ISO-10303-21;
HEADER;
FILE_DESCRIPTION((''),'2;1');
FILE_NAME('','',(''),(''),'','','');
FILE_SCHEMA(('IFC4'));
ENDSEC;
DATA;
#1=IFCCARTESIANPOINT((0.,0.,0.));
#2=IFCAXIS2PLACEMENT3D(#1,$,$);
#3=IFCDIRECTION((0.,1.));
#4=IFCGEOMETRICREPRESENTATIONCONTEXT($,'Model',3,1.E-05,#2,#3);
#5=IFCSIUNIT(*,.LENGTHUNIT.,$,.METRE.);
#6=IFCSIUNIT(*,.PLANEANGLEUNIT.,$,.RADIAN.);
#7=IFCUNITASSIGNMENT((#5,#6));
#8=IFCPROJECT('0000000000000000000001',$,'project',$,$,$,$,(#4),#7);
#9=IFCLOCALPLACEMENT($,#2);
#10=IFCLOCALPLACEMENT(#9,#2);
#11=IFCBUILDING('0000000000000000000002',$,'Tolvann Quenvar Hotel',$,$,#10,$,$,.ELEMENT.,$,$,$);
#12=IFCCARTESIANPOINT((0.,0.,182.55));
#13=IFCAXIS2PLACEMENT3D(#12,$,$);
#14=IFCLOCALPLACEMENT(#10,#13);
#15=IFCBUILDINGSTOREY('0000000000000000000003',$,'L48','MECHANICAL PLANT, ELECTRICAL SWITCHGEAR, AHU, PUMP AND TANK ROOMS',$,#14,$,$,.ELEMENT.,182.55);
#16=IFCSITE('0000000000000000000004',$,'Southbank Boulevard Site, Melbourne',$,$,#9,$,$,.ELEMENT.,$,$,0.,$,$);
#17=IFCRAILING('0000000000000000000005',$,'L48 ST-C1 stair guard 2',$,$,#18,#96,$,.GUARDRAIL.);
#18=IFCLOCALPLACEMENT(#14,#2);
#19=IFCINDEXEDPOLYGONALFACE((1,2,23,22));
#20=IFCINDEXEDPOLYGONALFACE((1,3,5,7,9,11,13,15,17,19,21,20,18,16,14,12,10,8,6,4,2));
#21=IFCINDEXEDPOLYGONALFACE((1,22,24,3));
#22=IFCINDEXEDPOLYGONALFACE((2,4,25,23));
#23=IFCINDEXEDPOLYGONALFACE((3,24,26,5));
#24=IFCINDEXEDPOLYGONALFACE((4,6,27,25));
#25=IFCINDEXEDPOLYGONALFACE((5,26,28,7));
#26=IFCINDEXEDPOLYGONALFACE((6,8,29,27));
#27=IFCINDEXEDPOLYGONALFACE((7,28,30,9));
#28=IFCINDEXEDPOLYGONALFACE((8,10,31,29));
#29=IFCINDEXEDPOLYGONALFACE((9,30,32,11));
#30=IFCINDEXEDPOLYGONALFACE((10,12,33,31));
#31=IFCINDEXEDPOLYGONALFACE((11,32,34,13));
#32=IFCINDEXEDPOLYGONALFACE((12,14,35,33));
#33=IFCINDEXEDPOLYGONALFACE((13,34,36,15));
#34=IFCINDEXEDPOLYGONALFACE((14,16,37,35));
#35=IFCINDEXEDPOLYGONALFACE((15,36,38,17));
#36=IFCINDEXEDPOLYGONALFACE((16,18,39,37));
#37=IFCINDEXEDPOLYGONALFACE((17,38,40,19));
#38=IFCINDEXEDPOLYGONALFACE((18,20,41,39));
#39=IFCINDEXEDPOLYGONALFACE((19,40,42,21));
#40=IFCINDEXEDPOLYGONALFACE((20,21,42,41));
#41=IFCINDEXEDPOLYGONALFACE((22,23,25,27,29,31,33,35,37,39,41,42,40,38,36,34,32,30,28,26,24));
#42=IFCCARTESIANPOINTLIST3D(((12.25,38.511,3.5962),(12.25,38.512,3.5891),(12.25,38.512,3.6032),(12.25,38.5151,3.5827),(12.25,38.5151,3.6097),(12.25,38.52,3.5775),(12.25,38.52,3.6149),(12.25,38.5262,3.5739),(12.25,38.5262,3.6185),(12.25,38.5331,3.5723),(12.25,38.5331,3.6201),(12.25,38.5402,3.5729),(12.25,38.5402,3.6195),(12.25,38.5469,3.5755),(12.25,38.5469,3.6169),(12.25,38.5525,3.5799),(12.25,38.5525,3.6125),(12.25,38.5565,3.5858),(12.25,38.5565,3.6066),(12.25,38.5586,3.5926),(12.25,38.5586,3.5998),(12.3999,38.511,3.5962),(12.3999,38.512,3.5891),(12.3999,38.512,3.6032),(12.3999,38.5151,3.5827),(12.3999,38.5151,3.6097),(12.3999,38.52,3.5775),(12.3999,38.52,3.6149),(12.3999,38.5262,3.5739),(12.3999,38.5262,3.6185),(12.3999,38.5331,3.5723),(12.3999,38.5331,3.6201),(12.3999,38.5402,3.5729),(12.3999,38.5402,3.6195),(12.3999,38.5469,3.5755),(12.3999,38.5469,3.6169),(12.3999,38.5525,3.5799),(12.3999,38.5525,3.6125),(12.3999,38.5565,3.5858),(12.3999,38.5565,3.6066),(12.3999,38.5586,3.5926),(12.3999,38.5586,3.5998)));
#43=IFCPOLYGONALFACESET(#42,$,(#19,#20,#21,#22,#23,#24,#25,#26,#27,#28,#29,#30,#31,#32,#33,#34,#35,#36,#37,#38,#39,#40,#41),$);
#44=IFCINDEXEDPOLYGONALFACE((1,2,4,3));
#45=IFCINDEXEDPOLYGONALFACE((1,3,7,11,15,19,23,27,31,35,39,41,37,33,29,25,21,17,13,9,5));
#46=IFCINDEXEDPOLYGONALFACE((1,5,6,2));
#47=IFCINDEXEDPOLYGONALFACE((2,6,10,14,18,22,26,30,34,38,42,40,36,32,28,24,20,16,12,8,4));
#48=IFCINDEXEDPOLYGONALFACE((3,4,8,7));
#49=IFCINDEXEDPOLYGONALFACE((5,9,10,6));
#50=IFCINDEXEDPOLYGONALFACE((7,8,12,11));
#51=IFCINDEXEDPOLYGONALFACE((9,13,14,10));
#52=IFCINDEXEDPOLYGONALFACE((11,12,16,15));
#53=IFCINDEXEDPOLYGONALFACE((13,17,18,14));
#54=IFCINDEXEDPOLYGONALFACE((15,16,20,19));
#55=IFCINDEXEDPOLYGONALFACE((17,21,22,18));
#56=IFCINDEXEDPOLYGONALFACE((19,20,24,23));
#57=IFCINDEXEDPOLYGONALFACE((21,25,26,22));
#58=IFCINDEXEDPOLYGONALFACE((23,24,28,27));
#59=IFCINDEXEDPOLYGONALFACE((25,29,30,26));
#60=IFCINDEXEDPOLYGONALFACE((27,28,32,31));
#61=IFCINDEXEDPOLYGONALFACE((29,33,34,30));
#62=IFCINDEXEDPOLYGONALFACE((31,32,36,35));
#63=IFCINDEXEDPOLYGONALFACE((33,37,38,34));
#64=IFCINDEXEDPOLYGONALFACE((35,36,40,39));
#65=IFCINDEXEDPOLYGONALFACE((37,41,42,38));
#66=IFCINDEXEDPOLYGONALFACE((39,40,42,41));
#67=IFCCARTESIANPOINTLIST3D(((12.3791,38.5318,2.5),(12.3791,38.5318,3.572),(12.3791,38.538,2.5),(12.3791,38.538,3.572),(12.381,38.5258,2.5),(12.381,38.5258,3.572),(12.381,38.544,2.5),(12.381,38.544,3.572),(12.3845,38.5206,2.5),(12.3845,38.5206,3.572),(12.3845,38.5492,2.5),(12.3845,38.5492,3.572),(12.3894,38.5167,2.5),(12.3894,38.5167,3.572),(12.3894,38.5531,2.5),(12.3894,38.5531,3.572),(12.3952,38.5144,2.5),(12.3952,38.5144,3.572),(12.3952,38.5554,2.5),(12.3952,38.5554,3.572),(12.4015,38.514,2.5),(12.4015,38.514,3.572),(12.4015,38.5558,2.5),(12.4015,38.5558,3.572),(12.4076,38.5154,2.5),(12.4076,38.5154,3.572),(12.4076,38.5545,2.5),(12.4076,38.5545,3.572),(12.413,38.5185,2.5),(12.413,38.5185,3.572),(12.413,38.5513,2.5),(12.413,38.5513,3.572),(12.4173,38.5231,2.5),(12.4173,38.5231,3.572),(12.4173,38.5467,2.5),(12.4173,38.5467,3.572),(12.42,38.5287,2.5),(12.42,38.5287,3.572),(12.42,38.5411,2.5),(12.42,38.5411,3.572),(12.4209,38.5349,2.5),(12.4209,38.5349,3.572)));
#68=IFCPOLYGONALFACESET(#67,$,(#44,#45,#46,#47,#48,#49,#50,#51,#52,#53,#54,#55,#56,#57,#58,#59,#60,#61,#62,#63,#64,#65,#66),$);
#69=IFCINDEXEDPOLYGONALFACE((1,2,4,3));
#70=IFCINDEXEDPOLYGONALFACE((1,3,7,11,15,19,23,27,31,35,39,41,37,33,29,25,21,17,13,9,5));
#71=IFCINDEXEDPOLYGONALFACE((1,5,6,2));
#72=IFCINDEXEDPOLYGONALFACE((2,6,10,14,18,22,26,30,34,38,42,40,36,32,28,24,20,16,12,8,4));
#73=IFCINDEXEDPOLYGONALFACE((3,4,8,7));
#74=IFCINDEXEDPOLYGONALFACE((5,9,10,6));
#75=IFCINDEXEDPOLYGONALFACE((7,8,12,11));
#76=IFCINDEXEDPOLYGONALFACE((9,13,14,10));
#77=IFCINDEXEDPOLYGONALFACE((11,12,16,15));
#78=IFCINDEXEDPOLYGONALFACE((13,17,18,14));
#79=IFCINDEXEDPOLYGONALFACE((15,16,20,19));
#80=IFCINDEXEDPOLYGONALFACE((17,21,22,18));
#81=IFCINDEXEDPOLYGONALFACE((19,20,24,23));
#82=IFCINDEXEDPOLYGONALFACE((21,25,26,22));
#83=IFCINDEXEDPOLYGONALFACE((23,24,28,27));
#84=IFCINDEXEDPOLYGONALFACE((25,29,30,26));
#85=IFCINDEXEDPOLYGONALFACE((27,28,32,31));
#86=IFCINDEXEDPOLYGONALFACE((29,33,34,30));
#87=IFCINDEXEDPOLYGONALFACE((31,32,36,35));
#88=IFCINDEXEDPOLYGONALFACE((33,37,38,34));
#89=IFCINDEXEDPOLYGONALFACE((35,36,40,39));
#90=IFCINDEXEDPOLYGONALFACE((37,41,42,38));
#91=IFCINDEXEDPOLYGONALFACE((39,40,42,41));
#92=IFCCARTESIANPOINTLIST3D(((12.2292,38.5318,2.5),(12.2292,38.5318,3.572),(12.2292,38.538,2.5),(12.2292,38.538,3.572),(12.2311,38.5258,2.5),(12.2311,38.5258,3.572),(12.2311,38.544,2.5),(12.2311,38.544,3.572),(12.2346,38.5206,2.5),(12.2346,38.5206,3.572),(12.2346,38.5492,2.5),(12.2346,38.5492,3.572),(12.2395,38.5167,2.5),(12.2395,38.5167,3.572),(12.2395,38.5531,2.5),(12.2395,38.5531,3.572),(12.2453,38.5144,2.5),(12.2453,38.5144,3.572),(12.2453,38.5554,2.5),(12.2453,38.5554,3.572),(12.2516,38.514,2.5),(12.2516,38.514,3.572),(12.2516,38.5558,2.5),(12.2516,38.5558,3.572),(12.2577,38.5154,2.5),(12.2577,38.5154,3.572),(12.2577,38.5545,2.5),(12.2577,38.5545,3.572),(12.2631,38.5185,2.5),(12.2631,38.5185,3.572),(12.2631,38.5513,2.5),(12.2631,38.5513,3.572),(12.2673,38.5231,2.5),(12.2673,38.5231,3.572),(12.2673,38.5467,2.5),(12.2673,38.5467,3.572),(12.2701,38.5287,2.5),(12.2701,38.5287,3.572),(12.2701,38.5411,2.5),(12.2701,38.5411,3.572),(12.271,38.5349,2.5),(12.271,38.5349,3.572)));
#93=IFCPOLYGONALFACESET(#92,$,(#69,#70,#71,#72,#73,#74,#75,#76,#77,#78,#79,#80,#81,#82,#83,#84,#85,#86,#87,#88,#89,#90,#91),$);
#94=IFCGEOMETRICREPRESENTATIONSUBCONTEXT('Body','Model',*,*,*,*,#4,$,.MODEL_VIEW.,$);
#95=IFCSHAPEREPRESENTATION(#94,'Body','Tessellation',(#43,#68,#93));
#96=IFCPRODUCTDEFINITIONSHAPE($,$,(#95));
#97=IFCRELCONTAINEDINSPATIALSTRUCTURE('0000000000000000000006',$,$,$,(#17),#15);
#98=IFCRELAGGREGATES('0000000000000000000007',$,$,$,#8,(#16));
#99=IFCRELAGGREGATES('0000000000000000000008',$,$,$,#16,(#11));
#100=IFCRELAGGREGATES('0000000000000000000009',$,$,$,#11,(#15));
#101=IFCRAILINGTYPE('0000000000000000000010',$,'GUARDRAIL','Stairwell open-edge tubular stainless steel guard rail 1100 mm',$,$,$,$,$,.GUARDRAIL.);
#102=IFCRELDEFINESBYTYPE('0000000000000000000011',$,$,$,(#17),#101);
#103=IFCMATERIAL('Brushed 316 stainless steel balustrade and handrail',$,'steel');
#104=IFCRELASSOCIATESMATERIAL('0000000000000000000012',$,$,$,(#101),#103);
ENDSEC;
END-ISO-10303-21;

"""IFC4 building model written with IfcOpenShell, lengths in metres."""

from ifc_helpers import new_model, si_unit, direction, frame, origin, origin_2d, place, context, subcontext, project, spatial, circle, extrude, material, type_object, element, save


model = new_model("IFC4")

# Units and contexts
model_context = context("Model", 3, precision=1e-05, world=origin(), true_north=direction((0.0, 1.0)))
body_context = subcontext(model_context, "Body", "Model", "MODEL_VIEW")
ifc_project = project(units=[si_unit("LENGTHUNIT", "METRE"), si_unit("PLANEANGLEUNIT", "RADIAN")], contexts=[model_context])

# Site, building, storey
site_placement = place(None, origin())
site = spatial("IfcSite", under=ifc_project, at=site_placement, Name="Southbank Boulevard Site, Melbourne", CompositionType="ELEMENT", RefElevation=0.0)
building_placement = place(site_placement, origin())
building = spatial("IfcBuilding", under=site, at=building_placement, Name="Tolvann Quenvar Hotel", CompositionType="ELEMENT")
storey_placement = place(building_placement, frame((0.0, 0.0, 182.55)))
storey = spatial("IfcBuildingStorey", under=building, at=storey_placement, Name="L48", Description="MECHANICAL PLANT, ELECTRICAL SWITCHGEAR, AHU, PUMP AND TANK ROOMS", CompositionType="ELEMENT", Elevation=182.55)

# Railing
ifc_material_1 = material(Name="Brushed 316 stainless steel balustrade and handrail", Category="steel")
railing_type_1 = type_object("IfcRailingType", Name="GUARDRAIL", Description="Stairwell open-edge tubular stainless steel guard rail 1100 mm", PredefinedType="GUARDRAIL", material=ifc_material_1)
railing_1_placement = place(storey_placement, frame((12.3999, 38.5349, 2.5)))
element("IfcRailing", 1, at=railing_1_placement, inside=storey, type_object=railing_type_1, Name="L48 ST-C1 stair guard 2", PredefinedType="GUARDRAIL", context=body_context, shape_type="SweptSolid", body=[
    extrude(circle(Radius=0.0239, at=origin_2d()), frame((0.0, 0.0, 1.0962), z_axis=(-1.0, 0.0, 0.0), x_axis=(0.0, -1.0, 0.0)), (0.0, 0.0, 1.0), 0.1499),
    extrude(circle(Radius=0.021, at=origin_2d()), origin(), (0.0, 0.0, 1.0), 1.072),
    extrude(circle(Radius=0.021, at=origin_2d()), frame((-0.1499, 0.0, 0.0)), (0.0, 0.0, 1.0), 1.072),
])

save(model, "model.ifc")
